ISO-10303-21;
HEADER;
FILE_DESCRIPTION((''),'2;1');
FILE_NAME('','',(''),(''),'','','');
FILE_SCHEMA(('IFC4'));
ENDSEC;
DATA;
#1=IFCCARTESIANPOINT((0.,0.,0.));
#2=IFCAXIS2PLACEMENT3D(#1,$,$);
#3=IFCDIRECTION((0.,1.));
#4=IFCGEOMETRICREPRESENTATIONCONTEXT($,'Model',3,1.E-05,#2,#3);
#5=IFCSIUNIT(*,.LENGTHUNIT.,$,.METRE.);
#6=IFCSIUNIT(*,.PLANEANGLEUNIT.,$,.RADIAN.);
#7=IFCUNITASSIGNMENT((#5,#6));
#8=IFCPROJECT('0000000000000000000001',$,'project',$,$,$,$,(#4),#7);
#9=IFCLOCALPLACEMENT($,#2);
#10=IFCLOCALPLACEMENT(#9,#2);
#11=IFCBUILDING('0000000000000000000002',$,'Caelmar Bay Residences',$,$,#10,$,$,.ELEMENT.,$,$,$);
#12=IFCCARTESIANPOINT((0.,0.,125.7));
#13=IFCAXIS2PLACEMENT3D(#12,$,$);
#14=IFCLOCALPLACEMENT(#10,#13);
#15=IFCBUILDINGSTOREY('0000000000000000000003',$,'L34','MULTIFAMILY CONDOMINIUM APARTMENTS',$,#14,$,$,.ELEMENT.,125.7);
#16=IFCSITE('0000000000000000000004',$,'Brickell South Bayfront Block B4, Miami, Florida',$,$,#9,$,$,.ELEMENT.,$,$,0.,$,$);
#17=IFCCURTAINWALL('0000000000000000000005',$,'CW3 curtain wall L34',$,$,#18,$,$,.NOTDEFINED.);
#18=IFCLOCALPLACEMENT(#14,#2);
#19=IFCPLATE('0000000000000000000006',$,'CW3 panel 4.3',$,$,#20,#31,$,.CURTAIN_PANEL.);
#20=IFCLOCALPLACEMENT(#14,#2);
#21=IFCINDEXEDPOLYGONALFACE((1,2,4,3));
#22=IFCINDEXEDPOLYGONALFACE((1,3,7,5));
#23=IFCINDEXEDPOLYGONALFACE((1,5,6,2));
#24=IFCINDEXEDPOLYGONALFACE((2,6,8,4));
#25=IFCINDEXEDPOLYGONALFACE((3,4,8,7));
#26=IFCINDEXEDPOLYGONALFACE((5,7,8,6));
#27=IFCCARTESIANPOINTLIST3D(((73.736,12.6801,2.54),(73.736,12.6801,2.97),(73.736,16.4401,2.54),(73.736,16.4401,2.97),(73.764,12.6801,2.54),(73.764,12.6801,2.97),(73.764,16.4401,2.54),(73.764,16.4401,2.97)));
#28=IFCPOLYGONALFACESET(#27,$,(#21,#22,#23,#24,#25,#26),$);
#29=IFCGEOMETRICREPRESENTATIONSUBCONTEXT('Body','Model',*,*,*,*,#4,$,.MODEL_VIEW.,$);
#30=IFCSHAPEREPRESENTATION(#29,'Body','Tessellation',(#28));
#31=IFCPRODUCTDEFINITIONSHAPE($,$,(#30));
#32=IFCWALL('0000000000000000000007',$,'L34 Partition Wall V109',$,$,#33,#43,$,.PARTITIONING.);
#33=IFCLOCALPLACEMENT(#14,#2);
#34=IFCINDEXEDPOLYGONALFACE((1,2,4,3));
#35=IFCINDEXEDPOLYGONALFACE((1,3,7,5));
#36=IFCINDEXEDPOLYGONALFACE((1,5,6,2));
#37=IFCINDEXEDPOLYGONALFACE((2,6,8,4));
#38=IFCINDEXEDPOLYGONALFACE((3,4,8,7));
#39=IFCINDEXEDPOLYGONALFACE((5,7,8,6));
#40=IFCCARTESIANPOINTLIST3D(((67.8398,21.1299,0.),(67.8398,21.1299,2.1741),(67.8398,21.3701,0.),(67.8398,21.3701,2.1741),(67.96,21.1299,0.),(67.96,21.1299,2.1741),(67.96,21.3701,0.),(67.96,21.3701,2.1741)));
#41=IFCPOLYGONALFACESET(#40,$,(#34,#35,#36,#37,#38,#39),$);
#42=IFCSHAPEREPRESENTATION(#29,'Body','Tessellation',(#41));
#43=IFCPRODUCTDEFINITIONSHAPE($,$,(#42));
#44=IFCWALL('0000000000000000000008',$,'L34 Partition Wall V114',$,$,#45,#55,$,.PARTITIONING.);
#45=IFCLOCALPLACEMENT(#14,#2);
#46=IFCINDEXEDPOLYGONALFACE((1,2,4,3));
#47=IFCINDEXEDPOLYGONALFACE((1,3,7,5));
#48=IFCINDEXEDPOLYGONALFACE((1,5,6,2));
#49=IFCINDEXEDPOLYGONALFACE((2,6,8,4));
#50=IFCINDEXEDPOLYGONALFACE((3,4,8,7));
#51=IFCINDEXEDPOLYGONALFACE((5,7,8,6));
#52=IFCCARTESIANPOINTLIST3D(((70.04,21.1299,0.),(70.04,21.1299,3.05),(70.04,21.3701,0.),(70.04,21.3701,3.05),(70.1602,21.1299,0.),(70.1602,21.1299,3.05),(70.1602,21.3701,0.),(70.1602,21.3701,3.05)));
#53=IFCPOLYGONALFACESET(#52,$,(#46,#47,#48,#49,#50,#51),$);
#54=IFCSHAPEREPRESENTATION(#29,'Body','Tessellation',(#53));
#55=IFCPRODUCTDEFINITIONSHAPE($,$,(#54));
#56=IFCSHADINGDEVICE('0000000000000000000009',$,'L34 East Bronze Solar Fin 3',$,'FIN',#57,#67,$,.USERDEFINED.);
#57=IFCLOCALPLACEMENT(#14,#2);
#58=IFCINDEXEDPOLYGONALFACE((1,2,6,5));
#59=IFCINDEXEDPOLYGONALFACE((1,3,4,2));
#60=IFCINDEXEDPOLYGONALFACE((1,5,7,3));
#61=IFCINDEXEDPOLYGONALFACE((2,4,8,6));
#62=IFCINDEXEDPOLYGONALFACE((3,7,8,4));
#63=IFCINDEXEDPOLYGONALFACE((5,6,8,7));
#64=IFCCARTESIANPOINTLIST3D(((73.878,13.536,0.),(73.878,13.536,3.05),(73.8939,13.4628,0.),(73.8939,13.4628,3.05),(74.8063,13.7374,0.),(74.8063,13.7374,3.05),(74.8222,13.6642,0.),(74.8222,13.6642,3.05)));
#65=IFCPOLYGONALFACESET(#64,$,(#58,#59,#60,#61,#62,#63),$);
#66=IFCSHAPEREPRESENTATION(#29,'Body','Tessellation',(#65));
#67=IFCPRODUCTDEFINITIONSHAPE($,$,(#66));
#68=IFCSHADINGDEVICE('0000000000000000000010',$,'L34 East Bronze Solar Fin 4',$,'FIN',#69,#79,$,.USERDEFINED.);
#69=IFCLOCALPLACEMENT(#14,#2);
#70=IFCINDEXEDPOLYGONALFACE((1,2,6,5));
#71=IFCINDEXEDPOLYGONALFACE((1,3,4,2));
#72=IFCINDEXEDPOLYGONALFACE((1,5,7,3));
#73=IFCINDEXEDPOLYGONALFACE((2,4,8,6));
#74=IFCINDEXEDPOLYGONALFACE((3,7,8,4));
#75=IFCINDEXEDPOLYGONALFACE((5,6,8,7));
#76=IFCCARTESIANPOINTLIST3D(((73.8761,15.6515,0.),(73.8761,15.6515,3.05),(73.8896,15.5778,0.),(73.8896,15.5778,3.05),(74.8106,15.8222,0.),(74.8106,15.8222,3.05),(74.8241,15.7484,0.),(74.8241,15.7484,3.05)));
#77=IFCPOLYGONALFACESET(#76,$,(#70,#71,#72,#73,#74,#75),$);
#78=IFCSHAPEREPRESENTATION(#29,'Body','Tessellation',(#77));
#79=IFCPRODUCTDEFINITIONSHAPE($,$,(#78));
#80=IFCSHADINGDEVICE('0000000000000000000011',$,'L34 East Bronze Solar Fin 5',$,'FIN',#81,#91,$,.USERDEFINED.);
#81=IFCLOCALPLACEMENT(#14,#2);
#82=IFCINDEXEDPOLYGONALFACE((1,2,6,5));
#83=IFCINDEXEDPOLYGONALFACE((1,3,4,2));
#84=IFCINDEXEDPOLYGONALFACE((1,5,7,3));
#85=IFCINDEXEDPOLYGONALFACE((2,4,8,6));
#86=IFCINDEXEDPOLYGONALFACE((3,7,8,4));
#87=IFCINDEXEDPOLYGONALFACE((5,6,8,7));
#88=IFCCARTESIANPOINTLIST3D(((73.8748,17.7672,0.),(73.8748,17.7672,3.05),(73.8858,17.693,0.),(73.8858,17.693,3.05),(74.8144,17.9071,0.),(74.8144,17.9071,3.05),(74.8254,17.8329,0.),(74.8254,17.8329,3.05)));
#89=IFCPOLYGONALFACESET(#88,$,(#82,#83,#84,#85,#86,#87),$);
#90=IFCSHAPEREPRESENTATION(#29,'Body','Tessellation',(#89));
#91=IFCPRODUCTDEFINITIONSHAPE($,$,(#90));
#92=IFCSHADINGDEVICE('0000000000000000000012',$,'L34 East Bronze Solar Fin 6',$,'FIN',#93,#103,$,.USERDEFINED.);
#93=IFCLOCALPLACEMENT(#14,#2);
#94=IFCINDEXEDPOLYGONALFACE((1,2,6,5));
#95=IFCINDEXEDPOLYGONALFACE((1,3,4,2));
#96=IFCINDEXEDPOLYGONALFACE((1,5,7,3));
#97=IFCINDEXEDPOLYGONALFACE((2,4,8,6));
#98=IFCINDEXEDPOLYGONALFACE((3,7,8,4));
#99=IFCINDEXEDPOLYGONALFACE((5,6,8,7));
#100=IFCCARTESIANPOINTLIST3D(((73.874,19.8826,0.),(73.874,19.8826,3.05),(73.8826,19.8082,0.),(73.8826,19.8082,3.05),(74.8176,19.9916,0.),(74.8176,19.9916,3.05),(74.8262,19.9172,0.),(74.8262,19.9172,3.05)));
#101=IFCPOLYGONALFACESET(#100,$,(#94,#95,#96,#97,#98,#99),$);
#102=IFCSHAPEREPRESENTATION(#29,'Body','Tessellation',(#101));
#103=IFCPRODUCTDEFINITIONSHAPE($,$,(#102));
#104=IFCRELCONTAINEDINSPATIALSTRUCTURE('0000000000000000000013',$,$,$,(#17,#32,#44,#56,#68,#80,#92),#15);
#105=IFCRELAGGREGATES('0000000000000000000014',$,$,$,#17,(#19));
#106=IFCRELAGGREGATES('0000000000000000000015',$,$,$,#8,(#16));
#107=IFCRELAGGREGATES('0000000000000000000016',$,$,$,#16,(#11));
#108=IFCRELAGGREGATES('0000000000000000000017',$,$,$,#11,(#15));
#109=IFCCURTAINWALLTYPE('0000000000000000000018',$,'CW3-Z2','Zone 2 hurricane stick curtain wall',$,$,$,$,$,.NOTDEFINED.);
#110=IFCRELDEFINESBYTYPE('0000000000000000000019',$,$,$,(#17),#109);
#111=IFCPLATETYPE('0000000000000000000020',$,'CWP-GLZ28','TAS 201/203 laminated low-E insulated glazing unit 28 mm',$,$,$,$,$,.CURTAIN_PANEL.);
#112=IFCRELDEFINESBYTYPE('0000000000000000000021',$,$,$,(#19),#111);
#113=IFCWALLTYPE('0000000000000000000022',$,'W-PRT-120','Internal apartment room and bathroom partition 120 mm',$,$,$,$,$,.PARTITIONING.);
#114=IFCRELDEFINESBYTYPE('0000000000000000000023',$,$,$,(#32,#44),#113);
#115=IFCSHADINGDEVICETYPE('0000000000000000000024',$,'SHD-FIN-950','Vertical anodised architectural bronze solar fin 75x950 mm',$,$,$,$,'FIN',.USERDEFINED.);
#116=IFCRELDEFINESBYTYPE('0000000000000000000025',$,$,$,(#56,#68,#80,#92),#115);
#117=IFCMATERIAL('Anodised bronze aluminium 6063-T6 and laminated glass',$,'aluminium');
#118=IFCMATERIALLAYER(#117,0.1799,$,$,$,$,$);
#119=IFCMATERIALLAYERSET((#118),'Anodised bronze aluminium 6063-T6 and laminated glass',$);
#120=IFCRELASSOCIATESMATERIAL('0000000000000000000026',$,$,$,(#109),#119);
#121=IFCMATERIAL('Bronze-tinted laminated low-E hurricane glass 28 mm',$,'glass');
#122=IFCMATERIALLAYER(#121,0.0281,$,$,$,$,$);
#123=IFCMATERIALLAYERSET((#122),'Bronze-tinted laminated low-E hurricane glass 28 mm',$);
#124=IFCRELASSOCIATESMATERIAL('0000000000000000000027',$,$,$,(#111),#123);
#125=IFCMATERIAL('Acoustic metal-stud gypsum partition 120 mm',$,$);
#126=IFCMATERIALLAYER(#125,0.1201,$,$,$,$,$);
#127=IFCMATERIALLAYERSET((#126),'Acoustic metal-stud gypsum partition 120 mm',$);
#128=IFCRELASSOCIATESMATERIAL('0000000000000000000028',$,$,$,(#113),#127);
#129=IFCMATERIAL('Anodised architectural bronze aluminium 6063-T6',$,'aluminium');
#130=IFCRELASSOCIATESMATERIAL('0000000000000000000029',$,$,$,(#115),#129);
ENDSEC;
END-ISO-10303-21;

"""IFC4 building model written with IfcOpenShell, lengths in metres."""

from ifc_helpers import new_model, si_unit, direction, frame, frame_2d, origin, origin_2d, place, context, subcontext, project, spatial, rectangle, extrude, material, layer, layer_set, material_profile, profile_set, type_object, element, aggregate, save


model = new_model("IFC4")

# Units and contexts
model_context = context("Model", 3, precision=1e-05, world=origin(), true_north=direction((0.0, 1.0)))
body_context = subcontext(model_context, "Body", "Model", "MODEL_VIEW")
ifc_project = project(units=[si_unit("LENGTHUNIT", "METRE"), si_unit("PLANEANGLEUNIT", "RADIAN")], contexts=[model_context])

# Site, building, storey
site_placement = place(None, origin())
site = spatial("IfcSite", under=ifc_project, at=site_placement, Name="Brickell South Bayfront Block B4, Miami, Florida", CompositionType="ELEMENT", RefElevation=0.0)
building_placement = place(site_placement, origin())
building = spatial("IfcBuilding", under=site, at=building_placement, Name="Caelmar Bay Residences", CompositionType="ELEMENT")
storey_placement = place(building_placement, frame((0.0, 0.0, 125.7)))
storey = spatial("IfcBuildingStorey", under=building, at=storey_placement, Name="L34", Description="MULTIFAMILY CONDOMINIUM APARTMENTS", CompositionType="ELEMENT", Elevation=125.7)

# Curtain wall, plate
ifc_material_1 = material(Name="Anodised bronze aluminium 6063-T6 and laminated glass", Category="aluminium")
ifc_layer_1 = layer(ifc_material_1, 0.1799)
ifc_layer_set_1 = layer_set([ifc_layer_1], Name="Anodised bronze aluminium 6063-T6 and laminated glass")
curtain_wall_type = type_object("IfcCurtainWallType", Name="CW3-Z2", Description="Zone 2 hurricane stick curtain wall", PredefinedType="NOTDEFINED", material=ifc_layer_set_1)
curtain_wall_placement = place(storey_placement, origin())
curtain_wall = element("IfcCurtainWall", 1, at=curtain_wall_placement, inside=storey, type_object=curtain_wall_type, Name="CW3 curtain wall L34", PredefinedType="NOTDEFINED")
ifc_material_2 = material(Name="Bronze-tinted laminated low-E hurricane glass 28 mm", Category="glass")
ifc_layer_2 = layer(ifc_material_2, 0.0281)
ifc_layer_set_2 = layer_set([ifc_layer_2], Name="Bronze-tinted laminated low-E hurricane glass 28 mm")
plate_type = type_object("IfcPlateType", Name="CWP-GLZ28", Description="TAS 201/203 laminated low-E insulated glazing unit 28 mm", PredefinedType="CURTAIN_PANEL", material=ifc_layer_set_2)
plate_1_placement = place(storey_placement, frame((73.75, 14.5601, 2.54), z_axis=(0.0, 0.0, 1.0), x_axis=(0.0, -1.0, 0.0)))
plate_1 = element("IfcPlate", 2, at=plate_1_placement, type_object=plate_type, Name="CW3 panel 4.3", PredefinedType="CURTAIN_PANEL", context=body_context, shape_type="SweptSolid", body=[
    extrude(rectangle(XDim=3.76, YDim=0.0281, at=origin_2d()), origin(), (0.0, 0.0, 1.0), 0.4299),
])
aggregate(curtain_wall, [plate_1])

# Walls
ifc_material_3 = material(Name="Acoustic metal-stud gypsum partition 120 mm")
ifc_layer_3 = layer(ifc_material_3, 0.1201)
ifc_layer_set_3 = layer_set([ifc_layer_3], Name="Acoustic metal-stud gypsum partition 120 mm")
wall_type = type_object("IfcWallType", Name="W-PRT-120", Description="Internal apartment room and bathroom partition 120 mm", PredefinedType="PARTITIONING", material=ifc_layer_set_3)
wall_1_placement = place(storey_placement, frame((67.8999, 21.1299, 0.0), z_axis=(0.0, 0.0, 1.0), x_axis=(0.0, 1.0, 0.0)))
element("IfcWall", 3, at=wall_1_placement, inside=storey, type_object=wall_type, Name="L34 Partition Wall V109", PredefinedType="PARTITIONING", context=body_context, shape_type="SweptSolid", body=[
    extrude(rectangle(XDim=0.2402, YDim=0.1201, at=frame_2d((0.1201, 0.0))), origin(), (0.0, 0.0, 1.0), 2.1741),
])
wall_2_placement = place(storey_placement, frame((70.1001, 21.1299, 0.0), z_axis=(0.0, 0.0, 1.0), x_axis=(0.0, 1.0, 0.0)))
element("IfcWall", 4, at=wall_2_placement, inside=storey, type_object=wall_type, Name="L34 Partition Wall V114", PredefinedType="PARTITIONING", context=body_context, shape_type="SweptSolid", body=[
    extrude(rectangle(XDim=0.2402, YDim=0.1201, at=frame_2d((0.1201, 0.0))), origin(), (0.0, 0.0, 1.0), 3.05),
])

# Shading devices
ifc_material_4 = material(Name="Anodised architectural bronze aluminium 6063-T6", Category="aluminium")
ifc_material_profile_1 = material_profile(ifc_material_4, rectangle(XDim=0.075, YDim=0.95, at=origin_2d()), Name="BRONZE-FIN-75X950")
ifc_profile_set_1 = profile_set([ifc_material_profile_1], Name="Anodised architectural bronze aluminium 6063-T6")
shading_device_type = type_object("IfcShadingDeviceType", Name="SHD-FIN-950", Description="Vertical anodised architectural bronze solar fin 75x950 mm", ElementType="FIN", PredefinedType="USERDEFINED", material=ifc_profile_set_1)
for number, where, z_axis, x_axis, name in (
    (5, (74.3501, 13.6001, 0.0), (0.0, 0.0, 1.0), (-0.212007, 0.977268, 0.0), "L34 East Bronze Solar Fin 3"),
    (6, (74.3501, 15.7, 0.0), (0.0, 0.0, 1.0), (-0.179661, 0.983729, 0.0), "L34 East Bronze Solar Fin 4"),
    (7, (74.3501, 17.8, 0.0), (0.0, 0.0, 1.0), (-0.147292, 0.989093, 0.0), "L34 East Bronze Solar Fin 5"),
    (8, (74.3501, 19.8999, 0.0), (0.0, 0.0, 1.0), (-0.114764, 0.993393, 0.0), "L34 East Bronze Solar Fin 6"),
):
    element("IfcShadingDevice", number, at=place(storey_placement, frame(where, z_axis=z_axis, x_axis=x_axis)), inside=storey, type_object=shading_device_type, Name=name, ObjectType="FIN", PredefinedType="USERDEFINED", context=body_context, shape_type="SweptSolid", body=[
        extrude(rectangle(XDim=0.075, YDim=0.95, at=origin_2d()), origin(), (0.0, 0.0, 1.0), 3.05),
    ])

save(model, "model.ifc")
